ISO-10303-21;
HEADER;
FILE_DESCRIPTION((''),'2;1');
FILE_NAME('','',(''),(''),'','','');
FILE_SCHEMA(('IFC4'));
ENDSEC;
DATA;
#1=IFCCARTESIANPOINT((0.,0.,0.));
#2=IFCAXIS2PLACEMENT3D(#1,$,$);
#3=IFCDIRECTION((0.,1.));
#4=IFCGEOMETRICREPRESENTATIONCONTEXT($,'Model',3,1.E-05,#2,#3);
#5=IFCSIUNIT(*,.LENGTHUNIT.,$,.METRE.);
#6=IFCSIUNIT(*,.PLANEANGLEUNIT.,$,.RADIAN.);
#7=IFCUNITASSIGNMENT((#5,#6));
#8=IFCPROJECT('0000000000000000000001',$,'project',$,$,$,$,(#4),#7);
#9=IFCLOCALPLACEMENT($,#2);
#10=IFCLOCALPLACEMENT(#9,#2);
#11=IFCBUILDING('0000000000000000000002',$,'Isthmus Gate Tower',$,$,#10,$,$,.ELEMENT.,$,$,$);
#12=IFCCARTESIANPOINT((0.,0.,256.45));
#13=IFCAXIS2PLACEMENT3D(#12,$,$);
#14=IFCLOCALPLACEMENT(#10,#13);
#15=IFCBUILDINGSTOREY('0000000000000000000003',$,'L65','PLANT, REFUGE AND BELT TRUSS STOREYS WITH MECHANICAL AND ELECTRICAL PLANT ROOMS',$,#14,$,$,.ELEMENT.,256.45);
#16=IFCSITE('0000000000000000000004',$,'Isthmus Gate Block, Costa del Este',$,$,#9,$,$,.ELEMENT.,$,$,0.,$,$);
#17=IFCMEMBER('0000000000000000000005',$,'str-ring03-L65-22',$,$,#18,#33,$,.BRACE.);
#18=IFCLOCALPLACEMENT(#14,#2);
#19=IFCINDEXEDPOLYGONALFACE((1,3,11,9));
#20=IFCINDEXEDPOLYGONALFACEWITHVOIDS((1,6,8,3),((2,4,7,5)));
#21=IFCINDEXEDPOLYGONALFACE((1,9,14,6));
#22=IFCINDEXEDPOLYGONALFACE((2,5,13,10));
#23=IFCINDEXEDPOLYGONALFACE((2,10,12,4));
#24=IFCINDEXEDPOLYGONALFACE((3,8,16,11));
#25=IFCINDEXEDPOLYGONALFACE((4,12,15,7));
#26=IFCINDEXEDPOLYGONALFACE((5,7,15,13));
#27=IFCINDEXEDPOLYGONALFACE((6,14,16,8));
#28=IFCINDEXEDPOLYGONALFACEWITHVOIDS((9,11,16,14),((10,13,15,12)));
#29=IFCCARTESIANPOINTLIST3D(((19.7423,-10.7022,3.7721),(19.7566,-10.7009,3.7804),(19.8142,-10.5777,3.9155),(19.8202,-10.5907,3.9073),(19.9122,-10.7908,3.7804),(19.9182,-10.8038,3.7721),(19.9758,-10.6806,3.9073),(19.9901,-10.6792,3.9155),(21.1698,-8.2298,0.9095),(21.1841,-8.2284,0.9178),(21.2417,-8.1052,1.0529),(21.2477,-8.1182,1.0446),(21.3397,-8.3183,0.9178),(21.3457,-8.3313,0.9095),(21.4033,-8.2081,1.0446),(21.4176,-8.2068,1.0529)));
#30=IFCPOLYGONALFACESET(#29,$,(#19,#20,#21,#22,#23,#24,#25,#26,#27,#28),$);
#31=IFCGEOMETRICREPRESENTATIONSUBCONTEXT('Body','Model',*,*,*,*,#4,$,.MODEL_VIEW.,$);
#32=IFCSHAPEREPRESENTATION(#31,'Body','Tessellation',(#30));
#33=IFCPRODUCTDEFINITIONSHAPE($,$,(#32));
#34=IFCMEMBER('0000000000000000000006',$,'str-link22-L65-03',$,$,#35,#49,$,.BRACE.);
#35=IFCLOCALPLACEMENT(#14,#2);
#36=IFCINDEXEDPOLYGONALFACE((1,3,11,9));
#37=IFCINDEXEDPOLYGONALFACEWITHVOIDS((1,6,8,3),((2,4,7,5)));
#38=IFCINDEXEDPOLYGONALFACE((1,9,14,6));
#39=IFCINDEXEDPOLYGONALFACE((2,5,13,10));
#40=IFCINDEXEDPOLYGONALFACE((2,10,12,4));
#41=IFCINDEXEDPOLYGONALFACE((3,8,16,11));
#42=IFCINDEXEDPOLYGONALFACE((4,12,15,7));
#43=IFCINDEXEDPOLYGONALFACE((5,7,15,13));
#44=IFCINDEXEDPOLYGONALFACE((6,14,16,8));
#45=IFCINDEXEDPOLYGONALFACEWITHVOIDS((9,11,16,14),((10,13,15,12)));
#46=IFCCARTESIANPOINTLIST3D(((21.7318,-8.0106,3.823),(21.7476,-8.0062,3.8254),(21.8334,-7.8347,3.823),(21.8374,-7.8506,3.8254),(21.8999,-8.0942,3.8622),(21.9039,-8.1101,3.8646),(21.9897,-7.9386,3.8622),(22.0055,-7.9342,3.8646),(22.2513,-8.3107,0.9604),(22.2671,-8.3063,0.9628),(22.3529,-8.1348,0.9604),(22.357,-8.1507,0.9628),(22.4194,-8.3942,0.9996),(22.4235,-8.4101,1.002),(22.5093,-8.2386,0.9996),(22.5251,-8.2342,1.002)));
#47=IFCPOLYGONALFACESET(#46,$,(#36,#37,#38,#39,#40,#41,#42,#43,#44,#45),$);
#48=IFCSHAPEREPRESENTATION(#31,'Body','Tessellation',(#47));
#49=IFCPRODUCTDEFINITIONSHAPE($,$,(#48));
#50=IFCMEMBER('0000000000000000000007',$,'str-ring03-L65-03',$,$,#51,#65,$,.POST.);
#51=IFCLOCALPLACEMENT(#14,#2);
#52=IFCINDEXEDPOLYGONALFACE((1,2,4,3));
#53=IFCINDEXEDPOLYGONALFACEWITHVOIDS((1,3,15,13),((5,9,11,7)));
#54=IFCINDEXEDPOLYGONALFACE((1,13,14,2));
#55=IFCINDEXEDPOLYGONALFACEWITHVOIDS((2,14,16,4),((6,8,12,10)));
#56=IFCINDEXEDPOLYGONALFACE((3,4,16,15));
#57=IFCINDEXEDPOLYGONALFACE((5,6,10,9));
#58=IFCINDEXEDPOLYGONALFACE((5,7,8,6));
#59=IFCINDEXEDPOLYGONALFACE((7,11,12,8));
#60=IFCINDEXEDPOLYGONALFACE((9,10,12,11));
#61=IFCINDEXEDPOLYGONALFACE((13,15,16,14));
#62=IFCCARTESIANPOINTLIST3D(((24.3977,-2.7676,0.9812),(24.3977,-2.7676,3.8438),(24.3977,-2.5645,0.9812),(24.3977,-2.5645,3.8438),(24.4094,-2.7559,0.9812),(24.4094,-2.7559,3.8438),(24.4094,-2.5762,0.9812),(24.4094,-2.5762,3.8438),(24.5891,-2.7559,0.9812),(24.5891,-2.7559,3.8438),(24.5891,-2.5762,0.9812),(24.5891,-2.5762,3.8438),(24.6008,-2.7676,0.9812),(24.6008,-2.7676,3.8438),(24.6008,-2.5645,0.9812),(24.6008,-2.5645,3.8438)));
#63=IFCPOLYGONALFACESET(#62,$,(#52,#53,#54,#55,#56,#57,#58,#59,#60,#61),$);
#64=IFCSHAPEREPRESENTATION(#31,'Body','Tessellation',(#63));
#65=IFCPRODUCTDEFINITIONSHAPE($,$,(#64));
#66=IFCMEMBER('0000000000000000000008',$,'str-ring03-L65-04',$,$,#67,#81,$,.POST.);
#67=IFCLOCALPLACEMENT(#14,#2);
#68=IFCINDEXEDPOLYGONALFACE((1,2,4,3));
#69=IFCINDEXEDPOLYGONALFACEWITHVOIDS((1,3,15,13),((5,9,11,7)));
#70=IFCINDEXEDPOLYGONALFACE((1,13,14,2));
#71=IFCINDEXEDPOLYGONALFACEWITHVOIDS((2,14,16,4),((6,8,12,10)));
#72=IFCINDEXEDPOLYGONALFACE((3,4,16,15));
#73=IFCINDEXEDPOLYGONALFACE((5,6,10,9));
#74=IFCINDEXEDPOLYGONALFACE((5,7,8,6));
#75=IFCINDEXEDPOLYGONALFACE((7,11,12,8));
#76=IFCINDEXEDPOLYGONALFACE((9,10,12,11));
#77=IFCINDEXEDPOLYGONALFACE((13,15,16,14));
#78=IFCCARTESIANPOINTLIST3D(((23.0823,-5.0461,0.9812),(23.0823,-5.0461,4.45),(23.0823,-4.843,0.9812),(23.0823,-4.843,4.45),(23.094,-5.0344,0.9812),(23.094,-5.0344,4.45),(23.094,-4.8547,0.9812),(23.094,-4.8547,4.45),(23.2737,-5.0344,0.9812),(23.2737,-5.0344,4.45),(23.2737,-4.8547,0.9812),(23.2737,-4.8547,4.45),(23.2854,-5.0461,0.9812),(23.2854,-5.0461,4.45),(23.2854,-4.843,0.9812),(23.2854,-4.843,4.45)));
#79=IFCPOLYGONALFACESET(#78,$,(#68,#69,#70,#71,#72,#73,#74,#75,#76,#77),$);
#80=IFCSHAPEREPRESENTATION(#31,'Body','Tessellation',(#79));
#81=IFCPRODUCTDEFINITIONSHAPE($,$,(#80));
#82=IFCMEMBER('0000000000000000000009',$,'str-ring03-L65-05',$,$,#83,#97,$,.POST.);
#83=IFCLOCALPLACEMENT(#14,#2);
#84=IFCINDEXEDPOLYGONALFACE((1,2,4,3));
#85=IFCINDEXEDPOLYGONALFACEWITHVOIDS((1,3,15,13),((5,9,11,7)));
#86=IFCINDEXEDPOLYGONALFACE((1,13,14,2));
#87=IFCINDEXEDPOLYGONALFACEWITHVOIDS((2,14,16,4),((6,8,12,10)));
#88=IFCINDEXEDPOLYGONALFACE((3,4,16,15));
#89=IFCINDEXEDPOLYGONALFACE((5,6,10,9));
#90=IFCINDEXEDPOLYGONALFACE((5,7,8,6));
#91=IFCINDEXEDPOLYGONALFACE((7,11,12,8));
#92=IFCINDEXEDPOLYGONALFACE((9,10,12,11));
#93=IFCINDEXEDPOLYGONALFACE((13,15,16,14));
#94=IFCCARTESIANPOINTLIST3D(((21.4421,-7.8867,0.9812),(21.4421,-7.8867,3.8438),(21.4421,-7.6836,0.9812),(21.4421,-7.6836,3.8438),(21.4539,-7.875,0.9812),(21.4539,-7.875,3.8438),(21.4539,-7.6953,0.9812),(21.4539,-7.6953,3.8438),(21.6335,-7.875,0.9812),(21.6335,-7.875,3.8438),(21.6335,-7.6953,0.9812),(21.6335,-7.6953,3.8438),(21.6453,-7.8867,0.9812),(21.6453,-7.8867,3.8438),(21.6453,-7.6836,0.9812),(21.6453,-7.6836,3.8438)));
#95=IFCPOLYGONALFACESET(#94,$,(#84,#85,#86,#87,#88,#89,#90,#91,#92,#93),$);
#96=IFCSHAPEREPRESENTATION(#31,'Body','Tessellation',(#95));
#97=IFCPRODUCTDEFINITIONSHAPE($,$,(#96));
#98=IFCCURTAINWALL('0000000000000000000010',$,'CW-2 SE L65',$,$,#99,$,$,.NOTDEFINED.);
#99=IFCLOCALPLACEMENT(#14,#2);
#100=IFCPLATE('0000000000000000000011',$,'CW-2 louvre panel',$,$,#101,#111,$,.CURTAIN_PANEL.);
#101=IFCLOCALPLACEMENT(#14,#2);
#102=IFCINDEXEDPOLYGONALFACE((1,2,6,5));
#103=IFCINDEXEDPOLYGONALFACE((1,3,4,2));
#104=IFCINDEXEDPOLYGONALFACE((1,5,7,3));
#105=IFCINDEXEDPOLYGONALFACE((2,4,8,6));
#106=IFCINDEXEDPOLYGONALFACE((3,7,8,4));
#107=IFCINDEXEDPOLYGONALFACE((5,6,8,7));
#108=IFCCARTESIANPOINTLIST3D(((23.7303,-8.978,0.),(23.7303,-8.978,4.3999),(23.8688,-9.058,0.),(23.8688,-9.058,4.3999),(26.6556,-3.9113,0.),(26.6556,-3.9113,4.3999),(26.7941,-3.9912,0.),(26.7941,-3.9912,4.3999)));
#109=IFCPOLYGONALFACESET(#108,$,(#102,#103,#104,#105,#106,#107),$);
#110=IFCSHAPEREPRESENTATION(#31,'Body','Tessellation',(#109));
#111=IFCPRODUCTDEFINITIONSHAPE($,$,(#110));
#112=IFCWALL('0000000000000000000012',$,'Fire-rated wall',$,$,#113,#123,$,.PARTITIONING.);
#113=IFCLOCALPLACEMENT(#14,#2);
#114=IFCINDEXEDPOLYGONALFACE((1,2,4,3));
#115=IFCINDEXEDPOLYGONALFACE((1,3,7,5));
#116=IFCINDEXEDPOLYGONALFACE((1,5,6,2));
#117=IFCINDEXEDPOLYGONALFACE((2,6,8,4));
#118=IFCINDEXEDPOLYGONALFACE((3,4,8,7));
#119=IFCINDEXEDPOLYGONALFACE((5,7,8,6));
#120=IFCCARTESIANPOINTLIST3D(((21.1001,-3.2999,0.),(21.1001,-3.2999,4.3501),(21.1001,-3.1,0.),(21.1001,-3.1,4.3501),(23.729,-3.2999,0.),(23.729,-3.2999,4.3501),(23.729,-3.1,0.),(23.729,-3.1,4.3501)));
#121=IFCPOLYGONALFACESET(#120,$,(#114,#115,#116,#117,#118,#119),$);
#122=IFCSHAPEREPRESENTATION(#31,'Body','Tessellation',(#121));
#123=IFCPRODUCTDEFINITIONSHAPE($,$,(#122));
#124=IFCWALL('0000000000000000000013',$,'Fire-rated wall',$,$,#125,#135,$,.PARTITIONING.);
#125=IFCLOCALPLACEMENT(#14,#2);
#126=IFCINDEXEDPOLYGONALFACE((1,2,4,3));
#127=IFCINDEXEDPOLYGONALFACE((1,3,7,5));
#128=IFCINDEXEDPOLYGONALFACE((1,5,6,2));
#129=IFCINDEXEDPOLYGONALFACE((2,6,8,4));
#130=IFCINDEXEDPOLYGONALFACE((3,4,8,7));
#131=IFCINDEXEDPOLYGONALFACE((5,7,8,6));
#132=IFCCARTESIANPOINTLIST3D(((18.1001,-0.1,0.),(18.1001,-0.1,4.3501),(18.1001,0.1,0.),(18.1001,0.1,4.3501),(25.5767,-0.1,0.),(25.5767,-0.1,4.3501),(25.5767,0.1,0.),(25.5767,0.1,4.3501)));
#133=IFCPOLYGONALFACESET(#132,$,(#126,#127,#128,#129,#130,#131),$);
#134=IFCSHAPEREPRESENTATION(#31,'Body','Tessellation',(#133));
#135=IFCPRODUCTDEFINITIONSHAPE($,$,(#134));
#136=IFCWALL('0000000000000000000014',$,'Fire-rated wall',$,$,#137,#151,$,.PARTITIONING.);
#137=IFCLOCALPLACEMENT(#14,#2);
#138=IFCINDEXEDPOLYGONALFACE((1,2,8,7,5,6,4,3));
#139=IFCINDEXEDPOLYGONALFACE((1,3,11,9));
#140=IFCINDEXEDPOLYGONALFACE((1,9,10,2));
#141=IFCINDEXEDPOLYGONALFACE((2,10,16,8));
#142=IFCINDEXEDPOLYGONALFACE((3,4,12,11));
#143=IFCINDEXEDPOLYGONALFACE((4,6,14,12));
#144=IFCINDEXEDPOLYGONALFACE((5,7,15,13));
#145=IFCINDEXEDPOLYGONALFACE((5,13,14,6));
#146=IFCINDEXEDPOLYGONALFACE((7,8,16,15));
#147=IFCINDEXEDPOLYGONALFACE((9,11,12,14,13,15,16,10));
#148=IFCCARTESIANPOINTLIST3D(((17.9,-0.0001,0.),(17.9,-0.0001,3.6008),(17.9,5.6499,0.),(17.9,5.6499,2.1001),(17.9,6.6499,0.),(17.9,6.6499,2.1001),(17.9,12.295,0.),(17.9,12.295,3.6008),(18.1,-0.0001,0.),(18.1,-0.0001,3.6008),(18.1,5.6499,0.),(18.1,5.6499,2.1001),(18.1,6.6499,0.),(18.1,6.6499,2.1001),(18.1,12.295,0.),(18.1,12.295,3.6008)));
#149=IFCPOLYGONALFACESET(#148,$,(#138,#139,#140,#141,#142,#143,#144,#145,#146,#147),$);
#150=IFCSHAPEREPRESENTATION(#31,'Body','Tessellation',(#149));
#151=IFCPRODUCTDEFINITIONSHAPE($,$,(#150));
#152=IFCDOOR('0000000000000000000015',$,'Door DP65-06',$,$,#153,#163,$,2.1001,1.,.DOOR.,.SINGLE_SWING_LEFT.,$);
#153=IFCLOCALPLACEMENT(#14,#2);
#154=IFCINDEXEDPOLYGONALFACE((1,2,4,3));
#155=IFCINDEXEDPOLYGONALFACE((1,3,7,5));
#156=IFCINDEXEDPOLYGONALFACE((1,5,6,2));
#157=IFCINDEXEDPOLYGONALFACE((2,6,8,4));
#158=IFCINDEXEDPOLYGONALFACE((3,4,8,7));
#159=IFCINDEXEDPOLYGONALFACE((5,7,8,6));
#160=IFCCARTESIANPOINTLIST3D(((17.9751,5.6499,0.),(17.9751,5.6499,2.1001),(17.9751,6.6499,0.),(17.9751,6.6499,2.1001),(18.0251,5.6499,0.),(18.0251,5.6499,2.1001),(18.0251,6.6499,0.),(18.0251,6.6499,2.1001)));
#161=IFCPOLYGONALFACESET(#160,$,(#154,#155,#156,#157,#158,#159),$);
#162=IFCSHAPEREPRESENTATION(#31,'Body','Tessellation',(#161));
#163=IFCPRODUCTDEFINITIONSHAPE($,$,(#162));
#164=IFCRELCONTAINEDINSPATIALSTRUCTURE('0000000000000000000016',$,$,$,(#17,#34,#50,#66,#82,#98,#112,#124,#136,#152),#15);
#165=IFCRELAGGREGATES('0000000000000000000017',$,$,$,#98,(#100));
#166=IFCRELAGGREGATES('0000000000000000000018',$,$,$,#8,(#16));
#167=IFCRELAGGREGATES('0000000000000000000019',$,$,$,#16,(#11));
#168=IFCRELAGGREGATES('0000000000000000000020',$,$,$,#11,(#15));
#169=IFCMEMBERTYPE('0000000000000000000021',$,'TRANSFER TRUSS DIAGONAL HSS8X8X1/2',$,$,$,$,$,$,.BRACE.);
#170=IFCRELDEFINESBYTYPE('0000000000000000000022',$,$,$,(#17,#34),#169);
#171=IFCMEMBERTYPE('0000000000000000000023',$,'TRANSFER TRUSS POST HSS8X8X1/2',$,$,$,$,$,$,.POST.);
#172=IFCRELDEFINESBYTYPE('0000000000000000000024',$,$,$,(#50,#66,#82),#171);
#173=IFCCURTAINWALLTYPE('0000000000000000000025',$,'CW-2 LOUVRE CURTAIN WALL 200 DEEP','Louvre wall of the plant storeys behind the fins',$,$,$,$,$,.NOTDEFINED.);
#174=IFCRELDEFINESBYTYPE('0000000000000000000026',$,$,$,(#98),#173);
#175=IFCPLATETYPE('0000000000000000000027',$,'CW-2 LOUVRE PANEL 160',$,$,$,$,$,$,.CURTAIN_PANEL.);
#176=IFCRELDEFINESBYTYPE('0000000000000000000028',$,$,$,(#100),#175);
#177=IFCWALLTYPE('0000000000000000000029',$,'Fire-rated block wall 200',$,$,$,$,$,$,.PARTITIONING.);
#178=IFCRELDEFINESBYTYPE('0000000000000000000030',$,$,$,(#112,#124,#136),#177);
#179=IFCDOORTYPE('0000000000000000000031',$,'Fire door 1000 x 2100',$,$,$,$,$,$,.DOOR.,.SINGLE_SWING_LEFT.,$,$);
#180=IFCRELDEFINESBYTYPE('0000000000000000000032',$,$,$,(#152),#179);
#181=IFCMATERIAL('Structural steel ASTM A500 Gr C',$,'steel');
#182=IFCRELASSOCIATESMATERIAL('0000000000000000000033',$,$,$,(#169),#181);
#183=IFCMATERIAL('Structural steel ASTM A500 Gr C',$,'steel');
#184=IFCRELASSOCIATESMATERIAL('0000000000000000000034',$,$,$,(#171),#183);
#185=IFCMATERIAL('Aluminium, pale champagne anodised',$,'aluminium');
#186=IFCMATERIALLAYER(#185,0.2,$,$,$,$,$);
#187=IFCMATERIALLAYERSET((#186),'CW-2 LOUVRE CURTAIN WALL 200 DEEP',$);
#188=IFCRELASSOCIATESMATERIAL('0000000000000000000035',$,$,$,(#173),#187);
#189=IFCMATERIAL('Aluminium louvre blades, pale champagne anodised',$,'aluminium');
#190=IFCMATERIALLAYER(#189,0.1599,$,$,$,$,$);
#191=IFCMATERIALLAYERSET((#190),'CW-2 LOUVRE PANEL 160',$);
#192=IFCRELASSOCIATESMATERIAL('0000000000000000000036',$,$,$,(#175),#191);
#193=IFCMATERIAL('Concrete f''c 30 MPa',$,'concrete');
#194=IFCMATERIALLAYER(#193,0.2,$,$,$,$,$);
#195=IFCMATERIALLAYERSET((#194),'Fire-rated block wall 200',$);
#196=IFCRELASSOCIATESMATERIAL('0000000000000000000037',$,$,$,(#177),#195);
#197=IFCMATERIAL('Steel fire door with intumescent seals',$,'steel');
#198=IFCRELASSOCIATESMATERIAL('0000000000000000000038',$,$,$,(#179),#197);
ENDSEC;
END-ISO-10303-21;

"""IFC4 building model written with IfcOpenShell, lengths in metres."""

from ifc_helpers import new_model, si_unit, direction, frame, frame_2d, origin, origin_2d, place, context, subcontext, project, spatial, rectangle, hollow_rectangle, extrude, material, layer, layer_set, material_profile, profile_set, type_object, element, fill, aggregate, save


model = new_model("IFC4")

# Units and contexts
model_context = context("Model", 3, precision=1e-05, world=origin(), true_north=direction((0.0, 1.0)))
body_context = subcontext(model_context, "Body", "Model", "MODEL_VIEW")
ifc_project = project(units=[si_unit("LENGTHUNIT", "METRE"), si_unit("PLANEANGLEUNIT", "RADIAN")], contexts=[model_context])

# Site, building, storey
site_placement = place(None, origin())
site = spatial("IfcSite", under=ifc_project, at=site_placement, Name="Isthmus Gate Block, Costa del Este", CompositionType="ELEMENT", RefElevation=0.0)
building_placement = place(site_placement, origin())
building = spatial("IfcBuilding", under=site, at=building_placement, Name="Isthmus Gate Tower", CompositionType="ELEMENT")
storey_placement = place(building_placement, frame((0.0, 0.0, 256.45)))
storey = spatial("IfcBuildingStorey", under=building, at=storey_placement, Name="L65", Description="PLANT, REFUGE AND BELT TRUSS STOREYS WITH MECHANICAL AND ELECTRICAL PLANT ROOMS", CompositionType="ELEMENT", Elevation=256.45)

# Members
ifc_material_1 = material(Name="Structural steel ASTM A500 Gr C", Category="steel")
ifc_material_profile_1 = material_profile(ifc_material_1, hollow_rectangle(XDim=0.2031, YDim=0.2031, WallThickness=0.0117, at=origin_2d()), Name="HSS8X8X1/2")
ifc_profile_set_1 = profile_set([ifc_material_profile_1], Name="Structural steel ASTM A500 Gr C")
member_type_1 = type_object("IfcMemberType", Name="TRANSFER TRUSS DIAGONAL HSS8X8X1/2", PredefinedType="BRACE", material=ifc_profile_set_1)
member_1_placement = place(storey_placement, frame((21.2937, -8.2183, 0.9812), z_axis=(-0.353089, -0.61155, 0.70805), x_axis=(0.866019, -0.500011, 0.0)))
element("IfcMember", 1, at=member_1_placement, inside=storey, type_object=member_type_1, Name="str-ring03-L65-22", PredefinedType="BRACE", context=body_context, shape_type="SweptSolid", body=[
    extrude(hollow_rectangle(XDim=0.2031, YDim=0.2031, WallThickness=0.0117, at=origin_2d()), origin(), (0.0, 0.0, 1.0), 4.043),
])
member_2_placement = place(storey_placement, frame((22.3882, -8.2725, 0.9812), z_axis=(-0.177633, 0.10259, 0.978735), x_axis=(-0.500122, -0.865955, 0.0)))
element("IfcMember", 2, at=member_2_placement, inside=storey, type_object=member_type_1, Name="str-link22-L65-03", PredefinedType="BRACE", context=body_context, shape_type="SweptSolid", body=[
    extrude(hollow_rectangle(XDim=0.2031, YDim=0.2031, WallThickness=0.0117, at=origin_2d()), origin(), (0.0, 0.0, 1.0), 2.9248),
])
ifc_material_2 = material(Name="Structural steel ASTM A500 Gr C", Category="steel")
ifc_material_profile_2 = material_profile(ifc_material_2, hollow_rectangle(XDim=0.2031, YDim=0.2031, WallThickness=0.0117, at=origin_2d()), Name="HSS8X8X1/2")
ifc_profile_set_2 = profile_set([ifc_material_profile_2], Name="Structural steel ASTM A500 Gr C")
member_type_2 = type_object("IfcMemberType", Name="TRANSFER TRUSS POST HSS8X8X1/2", PredefinedType="POST", material=ifc_profile_set_2)
member_3_placement = place(storey_placement, frame((24.4993, -2.666, 0.9812), z_axis=(0.0, 0.0, 1.0), x_axis=(1.0, 0.0, 0.0)))
element("IfcMember", 3, at=member_3_placement, inside=storey, type_object=member_type_2, Name="str-ring03-L65-03", PredefinedType="POST", context=body_context, shape_type="SweptSolid", body=[
    extrude(hollow_rectangle(XDim=0.2031, YDim=0.2031, WallThickness=0.0117, at=origin_2d()), origin(), (0.0, 0.0, 1.0), 2.8625),
])
member_4_placement = place(storey_placement, frame((23.1838, -4.9446, 0.9812), z_axis=(0.0, 0.0, 1.0), x_axis=(1.0, 0.0, 0.0)))
element("IfcMember", 4, at=member_4_placement, inside=storey, type_object=member_type_2, Name="str-ring03-L65-04", PredefinedType="POST", context=body_context, shape_type="SweptSolid", body=[
    extrude(hollow_rectangle(XDim=0.2031, YDim=0.2031, WallThickness=0.0117, at=origin_2d()), origin(), (0.0, 0.0, 1.0), 3.4688),
])
member_5_placement = place(storey_placement, frame((21.5437, -7.7852, 0.9812), z_axis=(0.0, 0.0, 1.0), x_axis=(1.0, 0.0, 0.0)))
element("IfcMember", 5, at=member_5_placement, inside=storey, type_object=member_type_2, Name="str-ring03-L65-05", PredefinedType="POST", context=body_context, shape_type="SweptSolid", body=[
    extrude(hollow_rectangle(XDim=0.2031, YDim=0.2031, WallThickness=0.0117, at=origin_2d()), origin(), (0.0, 0.0, 1.0), 2.8625),
])

# Curtain wall, plate
ifc_material_3 = material(Name="Aluminium, pale champagne anodised", Category="aluminium")
ifc_layer_1 = layer(ifc_material_3, 0.2)
ifc_layer_set_1 = layer_set([ifc_layer_1], Name="CW-2 LOUVRE CURTAIN WALL 200 DEEP")
curtain_wall_type = type_object("IfcCurtainWallType", Name="CW-2 LOUVRE CURTAIN WALL 200 DEEP", Description="Louvre wall of the plant storeys behind the fins", PredefinedType="NOTDEFINED", material=ifc_layer_set_1)
curtain_wall_placement = place(storey_placement, origin())
curtain_wall = element("IfcCurtainWall", 6, at=curtain_wall_placement, inside=storey, type_object=curtain_wall_type, Name="CW-2 SE L65", PredefinedType="NOTDEFINED")
ifc_material_4 = material(Name="Aluminium louvre blades, pale champagne anodised", Category="aluminium")
ifc_layer_2 = layer(ifc_material_4, 0.1599)
ifc_layer_set_2 = layer_set([ifc_layer_2], Name="CW-2 LOUVRE PANEL 160")
plate_type = type_object("IfcPlateType", Name="CW-2 LOUVRE PANEL 160", PredefinedType="CURTAIN_PANEL", material=ifc_layer_set_2)
plate_placement = place(storey_placement, frame((25.2622, -6.4846, 0.0), z_axis=(0.0, 0.0, 1.0), x_axis=(0.5, 0.866025, 0.0)))
plate = element("IfcPlate", 7, at=plate_placement, type_object=plate_type, Name="CW-2 louvre panel", PredefinedType="CURTAIN_PANEL", context=body_context, shape_type="SweptSolid", body=[
    extrude(rectangle(XDim=5.8506, YDim=0.1599, at=origin_2d()), origin(), (0.0, 0.0, 1.0), 4.3999),
])
aggregate(curtain_wall, [plate])

# Walls
ifc_material_5 = material(Name="Concrete f'c 30 MPa", Category="concrete")
ifc_layer_3 = layer(ifc_material_5, 0.2)
ifc_layer_set_3 = layer_set([ifc_layer_3], Name="Fire-rated block wall 200")
wall_type = type_object("IfcWallType", Name="Fire-rated block wall 200", PredefinedType="PARTITIONING", material=ifc_layer_set_3)
wall_1_placement = place(storey_placement, frame((21.1001, -3.2, 0.0), z_axis=(0.0, 0.0, 1.0), x_axis=(1.0, 0.0, 0.0)))
element("IfcWall", 8, at=wall_1_placement, inside=storey, type_object=wall_type, Name="Fire-rated wall", PredefinedType="PARTITIONING", context=body_context, shape_type="SweptSolid", body=[
    extrude(rectangle(XDim=2.6289, YDim=0.2, at=frame_2d((1.3145, 0.0))), origin(), (0.0, 0.0, 1.0), 4.3501),
])
wall_2_placement = place(storey_placement, frame((18.1001, 0.0, 0.0), z_axis=(0.0, 0.0, 1.0), x_axis=(1.0, 0.0, 0.0)))
element("IfcWall", 9, at=wall_2_placement, inside=storey, type_object=wall_type, Name="Fire-rated wall", PredefinedType="PARTITIONING", context=body_context, shape_type="SweptSolid", body=[
    extrude(rectangle(XDim=7.4766, YDim=0.2, at=frame_2d((3.7383, 0.0))), origin(), (0.0, 0.0, 1.0), 4.3501),
])

# Wall, opening, door
wall_3_placement = place(storey_placement, frame((18.0, 0.0, 0.0), z_axis=(0.0, 0.0, 1.0), x_axis=(0.0, 1.0, 0.0)))
wall_3 = element("IfcWall", 10, at=wall_3_placement, inside=storey, type_object=wall_type, Name="Fire-rated wall", PredefinedType="PARTITIONING", context=body_context, shape_type="SweptSolid", body=[
    extrude(rectangle(XDim=12.2952, YDim=0.2, at=frame_2d((6.1475, 0.0))), origin(), (0.0, 0.0, 1.0), 3.6008),
])
opening_1_placement = place(wall_3_placement, frame((5.6499, 0.0, 0.0)))
opening_1 = element("IfcOpeningElement", 11, at=opening_1_placement, cuts=wall_3, PredefinedType="OPENING", context=body_context, shape_type="SweptSolid", body=[
    extrude(rectangle(XDim=1.0, YDim=2.1001, at=frame_2d((0.5, 1.05))), frame((0.0, 0.1099, 0.0), z_axis=(0.0, -1.0, 0.0), x_axis=(1.0, 0.0, 0.0)), (0.0, 0.0, 1.0), 0.22),
])
ifc_material_6 = material(Name="Steel fire door with intumescent seals", Category="steel")
door_type = type_object("IfcDoorType", Name="Fire door 1000 x 2100", OperationType="SINGLE_SWING_LEFT", PredefinedType="DOOR", material=ifc_material_6)
door_1_placement = place(opening_1_placement, origin())
door_1 = element("IfcDoor", 12, at=door_1_placement, inside=storey, type_object=door_type, Name="Door DP65-06", OperationType="SINGLE_SWING_LEFT", OverallHeight=2.1001, OverallWidth=1.0, PredefinedType="DOOR", context=body_context, shape_type="SweptSolid", body=[
    extrude(rectangle(XDim=1.0, YDim=2.1001, at=frame_2d((0.5, 1.05))), frame((0.0, 0.0249, 0.0), z_axis=(0.0, -1.0, 0.0), x_axis=(1.0, 0.0, 0.0)), (0.0, 0.0, 1.0), 0.05),
])
fill(opening_1, door_1)

save(model, "model.ifc")
